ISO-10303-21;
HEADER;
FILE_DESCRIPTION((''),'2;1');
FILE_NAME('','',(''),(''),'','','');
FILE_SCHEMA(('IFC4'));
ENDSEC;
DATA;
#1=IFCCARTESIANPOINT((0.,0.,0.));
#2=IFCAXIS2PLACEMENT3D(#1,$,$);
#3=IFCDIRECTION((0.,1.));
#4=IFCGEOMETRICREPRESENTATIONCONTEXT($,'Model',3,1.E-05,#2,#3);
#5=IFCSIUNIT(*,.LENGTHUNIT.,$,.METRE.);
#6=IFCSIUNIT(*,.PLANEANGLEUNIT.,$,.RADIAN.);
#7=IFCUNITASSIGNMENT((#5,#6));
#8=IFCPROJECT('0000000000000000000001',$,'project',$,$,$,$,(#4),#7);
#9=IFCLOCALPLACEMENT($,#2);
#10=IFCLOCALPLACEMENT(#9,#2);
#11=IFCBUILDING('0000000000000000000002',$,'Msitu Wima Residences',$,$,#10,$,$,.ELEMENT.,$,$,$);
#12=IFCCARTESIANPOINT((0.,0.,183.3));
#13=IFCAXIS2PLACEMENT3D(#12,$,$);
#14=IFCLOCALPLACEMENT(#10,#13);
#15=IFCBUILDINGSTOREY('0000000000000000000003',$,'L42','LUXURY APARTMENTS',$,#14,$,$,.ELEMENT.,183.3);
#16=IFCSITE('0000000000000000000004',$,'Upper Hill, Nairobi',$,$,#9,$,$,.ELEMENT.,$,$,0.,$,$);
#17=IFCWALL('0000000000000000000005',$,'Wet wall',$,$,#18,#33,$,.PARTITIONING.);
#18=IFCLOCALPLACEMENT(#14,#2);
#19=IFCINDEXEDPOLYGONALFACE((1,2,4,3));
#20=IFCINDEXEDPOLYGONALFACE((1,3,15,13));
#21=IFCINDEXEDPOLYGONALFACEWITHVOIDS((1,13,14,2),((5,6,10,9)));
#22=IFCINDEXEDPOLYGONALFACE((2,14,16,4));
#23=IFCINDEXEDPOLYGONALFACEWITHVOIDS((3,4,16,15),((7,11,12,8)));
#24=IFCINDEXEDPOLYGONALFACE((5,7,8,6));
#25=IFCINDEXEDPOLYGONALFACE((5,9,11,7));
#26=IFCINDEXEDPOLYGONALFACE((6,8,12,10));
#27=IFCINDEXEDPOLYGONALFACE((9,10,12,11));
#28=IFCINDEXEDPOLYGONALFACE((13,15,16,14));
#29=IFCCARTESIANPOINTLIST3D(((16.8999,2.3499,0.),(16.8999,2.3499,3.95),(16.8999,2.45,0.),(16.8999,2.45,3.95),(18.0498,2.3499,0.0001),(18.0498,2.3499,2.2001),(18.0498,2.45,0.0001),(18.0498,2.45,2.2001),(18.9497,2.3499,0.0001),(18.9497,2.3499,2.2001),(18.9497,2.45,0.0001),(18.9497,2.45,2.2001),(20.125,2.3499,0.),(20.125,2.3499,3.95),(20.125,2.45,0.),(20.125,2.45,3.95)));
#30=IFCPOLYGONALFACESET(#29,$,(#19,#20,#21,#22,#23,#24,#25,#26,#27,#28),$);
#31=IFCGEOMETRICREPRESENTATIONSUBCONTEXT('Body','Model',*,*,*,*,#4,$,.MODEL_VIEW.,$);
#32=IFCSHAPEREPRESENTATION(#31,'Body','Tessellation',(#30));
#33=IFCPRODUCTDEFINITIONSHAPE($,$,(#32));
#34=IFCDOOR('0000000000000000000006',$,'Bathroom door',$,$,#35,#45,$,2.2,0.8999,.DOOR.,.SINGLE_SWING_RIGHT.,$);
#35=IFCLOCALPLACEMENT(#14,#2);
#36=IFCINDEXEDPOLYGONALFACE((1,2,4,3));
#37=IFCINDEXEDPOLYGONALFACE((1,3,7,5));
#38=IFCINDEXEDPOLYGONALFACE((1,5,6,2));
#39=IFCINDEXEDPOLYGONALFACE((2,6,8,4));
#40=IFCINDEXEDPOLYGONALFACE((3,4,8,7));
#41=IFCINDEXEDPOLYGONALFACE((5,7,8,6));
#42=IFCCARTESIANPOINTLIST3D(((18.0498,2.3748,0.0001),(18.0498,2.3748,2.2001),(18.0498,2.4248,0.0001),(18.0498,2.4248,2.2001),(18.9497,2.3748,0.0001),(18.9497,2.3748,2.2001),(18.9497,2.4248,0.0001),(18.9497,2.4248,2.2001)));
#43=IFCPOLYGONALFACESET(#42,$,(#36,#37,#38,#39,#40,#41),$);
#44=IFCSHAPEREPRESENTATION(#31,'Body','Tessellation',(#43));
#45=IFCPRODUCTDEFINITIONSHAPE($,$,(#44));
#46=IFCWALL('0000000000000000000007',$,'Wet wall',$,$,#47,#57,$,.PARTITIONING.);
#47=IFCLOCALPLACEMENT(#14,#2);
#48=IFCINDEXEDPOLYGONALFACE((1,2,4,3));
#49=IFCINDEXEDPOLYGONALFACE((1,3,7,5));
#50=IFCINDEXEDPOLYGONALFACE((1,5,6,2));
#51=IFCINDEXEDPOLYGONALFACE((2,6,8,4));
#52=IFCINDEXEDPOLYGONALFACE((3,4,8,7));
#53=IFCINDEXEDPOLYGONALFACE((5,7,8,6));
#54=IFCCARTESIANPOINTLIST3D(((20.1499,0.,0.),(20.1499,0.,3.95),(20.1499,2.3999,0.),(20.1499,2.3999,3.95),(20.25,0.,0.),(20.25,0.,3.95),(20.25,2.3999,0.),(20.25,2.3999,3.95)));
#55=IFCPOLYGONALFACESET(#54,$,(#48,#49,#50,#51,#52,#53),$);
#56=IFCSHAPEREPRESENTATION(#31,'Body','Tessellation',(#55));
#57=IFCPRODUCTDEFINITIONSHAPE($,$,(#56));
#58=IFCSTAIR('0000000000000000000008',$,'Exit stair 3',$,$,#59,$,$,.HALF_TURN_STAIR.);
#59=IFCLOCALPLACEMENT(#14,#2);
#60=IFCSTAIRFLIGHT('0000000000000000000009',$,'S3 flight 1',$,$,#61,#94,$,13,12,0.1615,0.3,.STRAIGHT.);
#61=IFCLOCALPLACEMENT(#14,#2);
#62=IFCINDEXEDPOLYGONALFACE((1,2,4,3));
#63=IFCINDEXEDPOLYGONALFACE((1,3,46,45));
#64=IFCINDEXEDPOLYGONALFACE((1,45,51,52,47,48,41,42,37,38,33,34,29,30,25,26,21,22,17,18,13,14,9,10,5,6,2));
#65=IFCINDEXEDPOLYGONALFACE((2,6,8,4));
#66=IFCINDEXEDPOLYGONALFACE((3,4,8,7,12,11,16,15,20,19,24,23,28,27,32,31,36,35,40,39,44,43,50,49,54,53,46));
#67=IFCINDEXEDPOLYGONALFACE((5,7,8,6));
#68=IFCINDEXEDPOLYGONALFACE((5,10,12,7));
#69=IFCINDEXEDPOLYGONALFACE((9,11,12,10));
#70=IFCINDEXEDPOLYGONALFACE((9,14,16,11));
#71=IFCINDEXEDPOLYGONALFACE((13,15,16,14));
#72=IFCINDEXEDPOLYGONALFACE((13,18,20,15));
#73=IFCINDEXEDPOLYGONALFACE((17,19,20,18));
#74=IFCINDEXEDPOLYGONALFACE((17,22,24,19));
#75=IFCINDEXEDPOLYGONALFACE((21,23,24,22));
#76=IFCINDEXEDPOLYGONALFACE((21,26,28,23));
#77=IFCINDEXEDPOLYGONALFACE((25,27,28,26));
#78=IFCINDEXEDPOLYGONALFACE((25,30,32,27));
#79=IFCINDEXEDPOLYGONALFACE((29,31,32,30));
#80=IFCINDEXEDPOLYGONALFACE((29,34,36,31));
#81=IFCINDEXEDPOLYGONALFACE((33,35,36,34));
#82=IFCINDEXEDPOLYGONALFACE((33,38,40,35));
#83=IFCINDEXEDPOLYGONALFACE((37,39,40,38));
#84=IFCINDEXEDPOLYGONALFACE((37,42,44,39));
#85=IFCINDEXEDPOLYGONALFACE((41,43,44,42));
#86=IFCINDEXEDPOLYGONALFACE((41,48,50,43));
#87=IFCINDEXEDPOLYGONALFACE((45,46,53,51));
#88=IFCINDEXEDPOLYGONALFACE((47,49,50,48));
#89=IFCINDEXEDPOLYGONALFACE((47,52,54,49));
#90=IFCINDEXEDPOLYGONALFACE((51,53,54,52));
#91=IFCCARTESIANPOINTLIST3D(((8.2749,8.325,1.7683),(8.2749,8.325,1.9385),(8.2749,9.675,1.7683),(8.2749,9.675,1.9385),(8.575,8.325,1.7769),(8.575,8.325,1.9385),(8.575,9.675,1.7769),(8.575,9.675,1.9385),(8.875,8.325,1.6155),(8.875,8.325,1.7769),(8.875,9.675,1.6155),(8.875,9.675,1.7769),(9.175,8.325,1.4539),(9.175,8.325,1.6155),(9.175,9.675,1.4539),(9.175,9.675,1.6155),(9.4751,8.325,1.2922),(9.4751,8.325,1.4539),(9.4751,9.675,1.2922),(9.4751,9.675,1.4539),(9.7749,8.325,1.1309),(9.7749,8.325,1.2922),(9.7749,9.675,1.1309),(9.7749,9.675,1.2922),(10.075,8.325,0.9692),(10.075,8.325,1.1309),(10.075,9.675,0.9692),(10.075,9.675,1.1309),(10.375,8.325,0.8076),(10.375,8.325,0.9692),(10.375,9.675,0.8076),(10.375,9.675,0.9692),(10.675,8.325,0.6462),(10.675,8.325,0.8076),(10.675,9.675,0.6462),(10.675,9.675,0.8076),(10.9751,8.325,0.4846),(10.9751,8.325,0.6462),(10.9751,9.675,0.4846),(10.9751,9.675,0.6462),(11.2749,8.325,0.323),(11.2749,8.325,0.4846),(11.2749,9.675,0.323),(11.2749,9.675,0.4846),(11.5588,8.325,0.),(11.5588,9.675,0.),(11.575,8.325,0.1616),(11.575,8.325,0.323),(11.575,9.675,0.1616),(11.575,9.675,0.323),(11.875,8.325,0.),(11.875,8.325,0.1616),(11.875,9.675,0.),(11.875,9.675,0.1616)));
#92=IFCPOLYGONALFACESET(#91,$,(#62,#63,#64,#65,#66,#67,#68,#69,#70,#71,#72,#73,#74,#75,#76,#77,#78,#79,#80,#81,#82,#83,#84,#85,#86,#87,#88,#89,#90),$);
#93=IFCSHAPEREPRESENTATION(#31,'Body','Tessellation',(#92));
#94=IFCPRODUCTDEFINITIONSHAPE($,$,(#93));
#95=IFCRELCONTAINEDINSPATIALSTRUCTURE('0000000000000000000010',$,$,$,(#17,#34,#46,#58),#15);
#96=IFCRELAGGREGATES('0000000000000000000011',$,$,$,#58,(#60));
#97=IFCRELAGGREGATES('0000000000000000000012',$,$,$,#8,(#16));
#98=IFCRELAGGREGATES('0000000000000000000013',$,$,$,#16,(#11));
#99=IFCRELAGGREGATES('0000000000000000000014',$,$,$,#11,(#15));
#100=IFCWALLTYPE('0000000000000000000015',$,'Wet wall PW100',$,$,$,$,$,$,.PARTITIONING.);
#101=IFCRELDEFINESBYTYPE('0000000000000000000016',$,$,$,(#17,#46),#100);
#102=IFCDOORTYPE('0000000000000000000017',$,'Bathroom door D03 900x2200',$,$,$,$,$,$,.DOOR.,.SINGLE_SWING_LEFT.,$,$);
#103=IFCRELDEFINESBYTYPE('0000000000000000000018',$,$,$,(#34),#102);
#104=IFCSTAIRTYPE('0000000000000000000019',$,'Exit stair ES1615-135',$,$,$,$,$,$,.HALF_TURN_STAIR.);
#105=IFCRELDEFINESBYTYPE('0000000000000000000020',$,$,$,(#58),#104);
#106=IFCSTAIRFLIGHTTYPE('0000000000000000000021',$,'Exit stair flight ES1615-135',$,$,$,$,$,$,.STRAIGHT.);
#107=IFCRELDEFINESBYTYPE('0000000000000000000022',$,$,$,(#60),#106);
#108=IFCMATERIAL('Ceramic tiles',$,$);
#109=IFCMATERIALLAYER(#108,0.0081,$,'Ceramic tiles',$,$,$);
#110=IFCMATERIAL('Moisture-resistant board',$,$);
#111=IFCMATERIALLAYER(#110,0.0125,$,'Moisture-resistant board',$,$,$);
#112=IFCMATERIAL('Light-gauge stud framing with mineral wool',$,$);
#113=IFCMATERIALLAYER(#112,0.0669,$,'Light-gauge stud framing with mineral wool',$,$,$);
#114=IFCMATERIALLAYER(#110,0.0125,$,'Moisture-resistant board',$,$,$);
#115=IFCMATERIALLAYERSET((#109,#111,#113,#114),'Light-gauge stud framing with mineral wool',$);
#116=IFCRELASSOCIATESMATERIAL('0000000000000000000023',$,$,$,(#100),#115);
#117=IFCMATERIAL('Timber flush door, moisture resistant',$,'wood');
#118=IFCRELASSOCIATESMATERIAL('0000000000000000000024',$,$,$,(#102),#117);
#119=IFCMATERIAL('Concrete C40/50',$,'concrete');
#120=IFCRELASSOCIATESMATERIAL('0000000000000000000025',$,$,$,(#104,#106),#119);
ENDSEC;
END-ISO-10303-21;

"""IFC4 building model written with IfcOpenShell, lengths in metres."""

from ifc_helpers import new_model, si_unit, direction, frame, frame_2d, origin, place, context, subcontext, project, spatial, polyline, rectangle, outline, extrude, material, layer, layer_set, type_object, element, fill, aggregate, save


model = new_model("IFC4")

# Units and contexts
model_context = context("Model", 3, precision=1e-05, world=origin(), true_north=direction((0.0, 1.0)))
body_context = subcontext(model_context, "Body", "Model", "MODEL_VIEW")
ifc_project = project(units=[si_unit("LENGTHUNIT", "METRE"), si_unit("PLANEANGLEUNIT", "RADIAN")], contexts=[model_context])

# Site, building, storey
site_placement = place(None, origin())
site = spatial("IfcSite", under=ifc_project, at=site_placement, Name="Upper Hill, Nairobi", CompositionType="ELEMENT", RefElevation=0.0)
building_placement = place(site_placement, origin())
building = spatial("IfcBuilding", under=site, at=building_placement, Name="Msitu Wima Residences", CompositionType="ELEMENT")
storey_placement = place(building_placement, frame((0.0, 0.0, 183.3)))
storey = spatial("IfcBuildingStorey", under=building, at=storey_placement, Name="L42", Description="LUXURY APARTMENTS", CompositionType="ELEMENT", Elevation=183.3)

# Shared definitions
ifc_material_1 = material(Name="Concrete C40/50", Category="concrete")

# Wall, opening, door
ifc_material_2 = material(Name="Ceramic tiles")
ifc_layer_1 = layer(ifc_material_2, 0.0081, Name="Ceramic tiles")
ifc_material_3 = material(Name="Moisture-resistant board")
ifc_layer_2 = layer(ifc_material_3, 0.0125, Name="Moisture-resistant board")
ifc_material_4 = material(Name="Light-gauge stud framing with mineral wool")
ifc_layer_3 = layer(ifc_material_4, 0.0669, Name="Light-gauge stud framing with mineral wool")
ifc_layer_4 = layer(ifc_material_3, 0.0125, Name="Moisture-resistant board")
ifc_layer_set_1 = layer_set([ifc_layer_1, ifc_layer_2, ifc_layer_3, ifc_layer_4], Name="Light-gauge stud framing with mineral wool")
wall_type_1 = type_object("IfcWallType", Name="Wet wall PW100", PredefinedType="PARTITIONING", material=ifc_layer_set_1)
wall_1_placement = place(storey_placement, frame((16.8999, 2.3999, 0.0), z_axis=(0.0, 0.0, 1.0), x_axis=(1.0, 0.0, 0.0)))
wall_1 = element("IfcWall", 1, at=wall_1_placement, inside=storey, type_object=wall_type_1, Name="Wet wall", PredefinedType="PARTITIONING", context=body_context, shape_type="SweptSolid", body=[
    extrude(rectangle(XDim=3.2251, YDim=0.1001, at=frame_2d((1.6125, 0.0))), origin(), (0.0, 0.0, 1.0), 3.95),
])
opening_1_placement = place(wall_1_placement, frame((1.1499, 0.0, 0.0)))
opening_1 = element("IfcOpeningElement", 2, at=opening_1_placement, cuts=wall_1, PredefinedType="OPENING", context=body_context, shape_type="SweptSolid", body=[
    extrude(rectangle(XDim=0.8999, YDim=2.2, at=frame_2d((0.45, 1.1001))), frame((0.0, 0.0601, 0.0), z_axis=(0.0, -1.0, 0.0), x_axis=(1.0, 0.0, 0.0)), (0.0, 0.0, 1.0), 0.1201),
])
ifc_material_5 = material(Name="Timber flush door, moisture resistant", Category="wood")
door_type_1 = type_object("IfcDoorType", Name="Bathroom door D03 900x2200", OperationType="SINGLE_SWING_LEFT", PredefinedType="DOOR", material=ifc_material_5)
door_1_placement = place(opening_1_placement, origin())
door_1 = element("IfcDoor", 3, at=door_1_placement, inside=storey, type_object=door_type_1, Name="Bathroom door", OperationType="SINGLE_SWING_RIGHT", OverallHeight=2.2, OverallWidth=0.8999, PredefinedType="DOOR", context=body_context, shape_type="SweptSolid", body=[
    extrude(rectangle(XDim=0.8999, YDim=2.2, at=frame_2d((0.45, 1.1001))), frame((0.0, 0.0249, 0.0), z_axis=(0.0, -1.0, 0.0), x_axis=(1.0, 0.0, 0.0)), (0.0, 0.0, 1.0), 0.05),
])
fill(opening_1, door_1)

# Wall
wall_2_placement = place(storey_placement, frame((20.2, 0.0, 0.0), z_axis=(0.0, 0.0, 1.0), x_axis=(0.0, 1.0, 0.0)))
element("IfcWall", 4, at=wall_2_placement, inside=storey, type_object=wall_type_1, Name="Wet wall", PredefinedType="PARTITIONING", context=body_context, shape_type="SweptSolid", body=[
    extrude(rectangle(XDim=2.3999, YDim=0.1001, at=frame_2d((1.2, 0.0))), origin(), (0.0, 0.0, 1.0), 3.95),
])

# Stair, stair flight
stair_type = type_object("IfcStairType", Name="Exit stair ES1615-135", PredefinedType="HALF_TURN_STAIR", material=ifc_material_1)
stair_placement = place(storey_placement, origin())
stair = element("IfcStair", 5, at=stair_placement, inside=storey, type_object=stair_type, Name="Exit stair 3", PredefinedType="HALF_TURN_STAIR")
stair_flight_type = type_object("IfcStairFlightType", Name="Exit stair flight ES1615-135", PredefinedType="STRAIGHT", material=ifc_material_1)
stair_flight_placement = place(storey_placement, frame((11.875, 9.0, 0.0), z_axis=(0.0, 0.0, 1.0), x_axis=(-1.0, 0.0, 0.0)))
stair_flight = element("IfcStairFlight", 6, at=stair_flight_placement, type_object=stair_flight_type, Name="S3 flight 1", NumberOfRisers=13, NumberOfTreads=12, PredefinedType="STRAIGHT", RiserHeight=0.1615, TreadLength=0.3, context=body_context, shape_type="SweptSolid", body=[
    extrude(outline(polyline([(0.0, 0.0), (0.0, 0.1616), (0.3, 0.1616), (0.3, 0.323), (0.6001, 0.323), (0.6001, 0.4846), (0.8999, 0.4846), (0.8999, 0.6462), (1.2, 0.6462), (1.2, 0.8076), (1.5, 0.8076), (1.5, 0.9692), (1.8, 0.9692), (1.8, 1.1309), (2.1001, 1.1309), (2.1001, 1.2922), (2.3999, 1.2922), (2.3999, 1.4539), (2.7, 1.4539), (2.7, 1.6155), (3.0, 1.6155), (3.0, 1.7769), (3.3, 1.7769), (3.3, 1.9385), (3.6001, 1.9385), (3.6001, 2.1001), (3.6001, 1.7683), (0.3162, 0.0), (0.0, 0.0)])), frame((0.0, 0.675, 0.0), z_axis=(0.0, -1.0, 0.0), x_axis=(1.0, 0.0, 0.0)), (0.0, 0.0, 1.0), 1.3501),
])
aggregate(stair, [stair_flight])

save(model, "model.ifc")
